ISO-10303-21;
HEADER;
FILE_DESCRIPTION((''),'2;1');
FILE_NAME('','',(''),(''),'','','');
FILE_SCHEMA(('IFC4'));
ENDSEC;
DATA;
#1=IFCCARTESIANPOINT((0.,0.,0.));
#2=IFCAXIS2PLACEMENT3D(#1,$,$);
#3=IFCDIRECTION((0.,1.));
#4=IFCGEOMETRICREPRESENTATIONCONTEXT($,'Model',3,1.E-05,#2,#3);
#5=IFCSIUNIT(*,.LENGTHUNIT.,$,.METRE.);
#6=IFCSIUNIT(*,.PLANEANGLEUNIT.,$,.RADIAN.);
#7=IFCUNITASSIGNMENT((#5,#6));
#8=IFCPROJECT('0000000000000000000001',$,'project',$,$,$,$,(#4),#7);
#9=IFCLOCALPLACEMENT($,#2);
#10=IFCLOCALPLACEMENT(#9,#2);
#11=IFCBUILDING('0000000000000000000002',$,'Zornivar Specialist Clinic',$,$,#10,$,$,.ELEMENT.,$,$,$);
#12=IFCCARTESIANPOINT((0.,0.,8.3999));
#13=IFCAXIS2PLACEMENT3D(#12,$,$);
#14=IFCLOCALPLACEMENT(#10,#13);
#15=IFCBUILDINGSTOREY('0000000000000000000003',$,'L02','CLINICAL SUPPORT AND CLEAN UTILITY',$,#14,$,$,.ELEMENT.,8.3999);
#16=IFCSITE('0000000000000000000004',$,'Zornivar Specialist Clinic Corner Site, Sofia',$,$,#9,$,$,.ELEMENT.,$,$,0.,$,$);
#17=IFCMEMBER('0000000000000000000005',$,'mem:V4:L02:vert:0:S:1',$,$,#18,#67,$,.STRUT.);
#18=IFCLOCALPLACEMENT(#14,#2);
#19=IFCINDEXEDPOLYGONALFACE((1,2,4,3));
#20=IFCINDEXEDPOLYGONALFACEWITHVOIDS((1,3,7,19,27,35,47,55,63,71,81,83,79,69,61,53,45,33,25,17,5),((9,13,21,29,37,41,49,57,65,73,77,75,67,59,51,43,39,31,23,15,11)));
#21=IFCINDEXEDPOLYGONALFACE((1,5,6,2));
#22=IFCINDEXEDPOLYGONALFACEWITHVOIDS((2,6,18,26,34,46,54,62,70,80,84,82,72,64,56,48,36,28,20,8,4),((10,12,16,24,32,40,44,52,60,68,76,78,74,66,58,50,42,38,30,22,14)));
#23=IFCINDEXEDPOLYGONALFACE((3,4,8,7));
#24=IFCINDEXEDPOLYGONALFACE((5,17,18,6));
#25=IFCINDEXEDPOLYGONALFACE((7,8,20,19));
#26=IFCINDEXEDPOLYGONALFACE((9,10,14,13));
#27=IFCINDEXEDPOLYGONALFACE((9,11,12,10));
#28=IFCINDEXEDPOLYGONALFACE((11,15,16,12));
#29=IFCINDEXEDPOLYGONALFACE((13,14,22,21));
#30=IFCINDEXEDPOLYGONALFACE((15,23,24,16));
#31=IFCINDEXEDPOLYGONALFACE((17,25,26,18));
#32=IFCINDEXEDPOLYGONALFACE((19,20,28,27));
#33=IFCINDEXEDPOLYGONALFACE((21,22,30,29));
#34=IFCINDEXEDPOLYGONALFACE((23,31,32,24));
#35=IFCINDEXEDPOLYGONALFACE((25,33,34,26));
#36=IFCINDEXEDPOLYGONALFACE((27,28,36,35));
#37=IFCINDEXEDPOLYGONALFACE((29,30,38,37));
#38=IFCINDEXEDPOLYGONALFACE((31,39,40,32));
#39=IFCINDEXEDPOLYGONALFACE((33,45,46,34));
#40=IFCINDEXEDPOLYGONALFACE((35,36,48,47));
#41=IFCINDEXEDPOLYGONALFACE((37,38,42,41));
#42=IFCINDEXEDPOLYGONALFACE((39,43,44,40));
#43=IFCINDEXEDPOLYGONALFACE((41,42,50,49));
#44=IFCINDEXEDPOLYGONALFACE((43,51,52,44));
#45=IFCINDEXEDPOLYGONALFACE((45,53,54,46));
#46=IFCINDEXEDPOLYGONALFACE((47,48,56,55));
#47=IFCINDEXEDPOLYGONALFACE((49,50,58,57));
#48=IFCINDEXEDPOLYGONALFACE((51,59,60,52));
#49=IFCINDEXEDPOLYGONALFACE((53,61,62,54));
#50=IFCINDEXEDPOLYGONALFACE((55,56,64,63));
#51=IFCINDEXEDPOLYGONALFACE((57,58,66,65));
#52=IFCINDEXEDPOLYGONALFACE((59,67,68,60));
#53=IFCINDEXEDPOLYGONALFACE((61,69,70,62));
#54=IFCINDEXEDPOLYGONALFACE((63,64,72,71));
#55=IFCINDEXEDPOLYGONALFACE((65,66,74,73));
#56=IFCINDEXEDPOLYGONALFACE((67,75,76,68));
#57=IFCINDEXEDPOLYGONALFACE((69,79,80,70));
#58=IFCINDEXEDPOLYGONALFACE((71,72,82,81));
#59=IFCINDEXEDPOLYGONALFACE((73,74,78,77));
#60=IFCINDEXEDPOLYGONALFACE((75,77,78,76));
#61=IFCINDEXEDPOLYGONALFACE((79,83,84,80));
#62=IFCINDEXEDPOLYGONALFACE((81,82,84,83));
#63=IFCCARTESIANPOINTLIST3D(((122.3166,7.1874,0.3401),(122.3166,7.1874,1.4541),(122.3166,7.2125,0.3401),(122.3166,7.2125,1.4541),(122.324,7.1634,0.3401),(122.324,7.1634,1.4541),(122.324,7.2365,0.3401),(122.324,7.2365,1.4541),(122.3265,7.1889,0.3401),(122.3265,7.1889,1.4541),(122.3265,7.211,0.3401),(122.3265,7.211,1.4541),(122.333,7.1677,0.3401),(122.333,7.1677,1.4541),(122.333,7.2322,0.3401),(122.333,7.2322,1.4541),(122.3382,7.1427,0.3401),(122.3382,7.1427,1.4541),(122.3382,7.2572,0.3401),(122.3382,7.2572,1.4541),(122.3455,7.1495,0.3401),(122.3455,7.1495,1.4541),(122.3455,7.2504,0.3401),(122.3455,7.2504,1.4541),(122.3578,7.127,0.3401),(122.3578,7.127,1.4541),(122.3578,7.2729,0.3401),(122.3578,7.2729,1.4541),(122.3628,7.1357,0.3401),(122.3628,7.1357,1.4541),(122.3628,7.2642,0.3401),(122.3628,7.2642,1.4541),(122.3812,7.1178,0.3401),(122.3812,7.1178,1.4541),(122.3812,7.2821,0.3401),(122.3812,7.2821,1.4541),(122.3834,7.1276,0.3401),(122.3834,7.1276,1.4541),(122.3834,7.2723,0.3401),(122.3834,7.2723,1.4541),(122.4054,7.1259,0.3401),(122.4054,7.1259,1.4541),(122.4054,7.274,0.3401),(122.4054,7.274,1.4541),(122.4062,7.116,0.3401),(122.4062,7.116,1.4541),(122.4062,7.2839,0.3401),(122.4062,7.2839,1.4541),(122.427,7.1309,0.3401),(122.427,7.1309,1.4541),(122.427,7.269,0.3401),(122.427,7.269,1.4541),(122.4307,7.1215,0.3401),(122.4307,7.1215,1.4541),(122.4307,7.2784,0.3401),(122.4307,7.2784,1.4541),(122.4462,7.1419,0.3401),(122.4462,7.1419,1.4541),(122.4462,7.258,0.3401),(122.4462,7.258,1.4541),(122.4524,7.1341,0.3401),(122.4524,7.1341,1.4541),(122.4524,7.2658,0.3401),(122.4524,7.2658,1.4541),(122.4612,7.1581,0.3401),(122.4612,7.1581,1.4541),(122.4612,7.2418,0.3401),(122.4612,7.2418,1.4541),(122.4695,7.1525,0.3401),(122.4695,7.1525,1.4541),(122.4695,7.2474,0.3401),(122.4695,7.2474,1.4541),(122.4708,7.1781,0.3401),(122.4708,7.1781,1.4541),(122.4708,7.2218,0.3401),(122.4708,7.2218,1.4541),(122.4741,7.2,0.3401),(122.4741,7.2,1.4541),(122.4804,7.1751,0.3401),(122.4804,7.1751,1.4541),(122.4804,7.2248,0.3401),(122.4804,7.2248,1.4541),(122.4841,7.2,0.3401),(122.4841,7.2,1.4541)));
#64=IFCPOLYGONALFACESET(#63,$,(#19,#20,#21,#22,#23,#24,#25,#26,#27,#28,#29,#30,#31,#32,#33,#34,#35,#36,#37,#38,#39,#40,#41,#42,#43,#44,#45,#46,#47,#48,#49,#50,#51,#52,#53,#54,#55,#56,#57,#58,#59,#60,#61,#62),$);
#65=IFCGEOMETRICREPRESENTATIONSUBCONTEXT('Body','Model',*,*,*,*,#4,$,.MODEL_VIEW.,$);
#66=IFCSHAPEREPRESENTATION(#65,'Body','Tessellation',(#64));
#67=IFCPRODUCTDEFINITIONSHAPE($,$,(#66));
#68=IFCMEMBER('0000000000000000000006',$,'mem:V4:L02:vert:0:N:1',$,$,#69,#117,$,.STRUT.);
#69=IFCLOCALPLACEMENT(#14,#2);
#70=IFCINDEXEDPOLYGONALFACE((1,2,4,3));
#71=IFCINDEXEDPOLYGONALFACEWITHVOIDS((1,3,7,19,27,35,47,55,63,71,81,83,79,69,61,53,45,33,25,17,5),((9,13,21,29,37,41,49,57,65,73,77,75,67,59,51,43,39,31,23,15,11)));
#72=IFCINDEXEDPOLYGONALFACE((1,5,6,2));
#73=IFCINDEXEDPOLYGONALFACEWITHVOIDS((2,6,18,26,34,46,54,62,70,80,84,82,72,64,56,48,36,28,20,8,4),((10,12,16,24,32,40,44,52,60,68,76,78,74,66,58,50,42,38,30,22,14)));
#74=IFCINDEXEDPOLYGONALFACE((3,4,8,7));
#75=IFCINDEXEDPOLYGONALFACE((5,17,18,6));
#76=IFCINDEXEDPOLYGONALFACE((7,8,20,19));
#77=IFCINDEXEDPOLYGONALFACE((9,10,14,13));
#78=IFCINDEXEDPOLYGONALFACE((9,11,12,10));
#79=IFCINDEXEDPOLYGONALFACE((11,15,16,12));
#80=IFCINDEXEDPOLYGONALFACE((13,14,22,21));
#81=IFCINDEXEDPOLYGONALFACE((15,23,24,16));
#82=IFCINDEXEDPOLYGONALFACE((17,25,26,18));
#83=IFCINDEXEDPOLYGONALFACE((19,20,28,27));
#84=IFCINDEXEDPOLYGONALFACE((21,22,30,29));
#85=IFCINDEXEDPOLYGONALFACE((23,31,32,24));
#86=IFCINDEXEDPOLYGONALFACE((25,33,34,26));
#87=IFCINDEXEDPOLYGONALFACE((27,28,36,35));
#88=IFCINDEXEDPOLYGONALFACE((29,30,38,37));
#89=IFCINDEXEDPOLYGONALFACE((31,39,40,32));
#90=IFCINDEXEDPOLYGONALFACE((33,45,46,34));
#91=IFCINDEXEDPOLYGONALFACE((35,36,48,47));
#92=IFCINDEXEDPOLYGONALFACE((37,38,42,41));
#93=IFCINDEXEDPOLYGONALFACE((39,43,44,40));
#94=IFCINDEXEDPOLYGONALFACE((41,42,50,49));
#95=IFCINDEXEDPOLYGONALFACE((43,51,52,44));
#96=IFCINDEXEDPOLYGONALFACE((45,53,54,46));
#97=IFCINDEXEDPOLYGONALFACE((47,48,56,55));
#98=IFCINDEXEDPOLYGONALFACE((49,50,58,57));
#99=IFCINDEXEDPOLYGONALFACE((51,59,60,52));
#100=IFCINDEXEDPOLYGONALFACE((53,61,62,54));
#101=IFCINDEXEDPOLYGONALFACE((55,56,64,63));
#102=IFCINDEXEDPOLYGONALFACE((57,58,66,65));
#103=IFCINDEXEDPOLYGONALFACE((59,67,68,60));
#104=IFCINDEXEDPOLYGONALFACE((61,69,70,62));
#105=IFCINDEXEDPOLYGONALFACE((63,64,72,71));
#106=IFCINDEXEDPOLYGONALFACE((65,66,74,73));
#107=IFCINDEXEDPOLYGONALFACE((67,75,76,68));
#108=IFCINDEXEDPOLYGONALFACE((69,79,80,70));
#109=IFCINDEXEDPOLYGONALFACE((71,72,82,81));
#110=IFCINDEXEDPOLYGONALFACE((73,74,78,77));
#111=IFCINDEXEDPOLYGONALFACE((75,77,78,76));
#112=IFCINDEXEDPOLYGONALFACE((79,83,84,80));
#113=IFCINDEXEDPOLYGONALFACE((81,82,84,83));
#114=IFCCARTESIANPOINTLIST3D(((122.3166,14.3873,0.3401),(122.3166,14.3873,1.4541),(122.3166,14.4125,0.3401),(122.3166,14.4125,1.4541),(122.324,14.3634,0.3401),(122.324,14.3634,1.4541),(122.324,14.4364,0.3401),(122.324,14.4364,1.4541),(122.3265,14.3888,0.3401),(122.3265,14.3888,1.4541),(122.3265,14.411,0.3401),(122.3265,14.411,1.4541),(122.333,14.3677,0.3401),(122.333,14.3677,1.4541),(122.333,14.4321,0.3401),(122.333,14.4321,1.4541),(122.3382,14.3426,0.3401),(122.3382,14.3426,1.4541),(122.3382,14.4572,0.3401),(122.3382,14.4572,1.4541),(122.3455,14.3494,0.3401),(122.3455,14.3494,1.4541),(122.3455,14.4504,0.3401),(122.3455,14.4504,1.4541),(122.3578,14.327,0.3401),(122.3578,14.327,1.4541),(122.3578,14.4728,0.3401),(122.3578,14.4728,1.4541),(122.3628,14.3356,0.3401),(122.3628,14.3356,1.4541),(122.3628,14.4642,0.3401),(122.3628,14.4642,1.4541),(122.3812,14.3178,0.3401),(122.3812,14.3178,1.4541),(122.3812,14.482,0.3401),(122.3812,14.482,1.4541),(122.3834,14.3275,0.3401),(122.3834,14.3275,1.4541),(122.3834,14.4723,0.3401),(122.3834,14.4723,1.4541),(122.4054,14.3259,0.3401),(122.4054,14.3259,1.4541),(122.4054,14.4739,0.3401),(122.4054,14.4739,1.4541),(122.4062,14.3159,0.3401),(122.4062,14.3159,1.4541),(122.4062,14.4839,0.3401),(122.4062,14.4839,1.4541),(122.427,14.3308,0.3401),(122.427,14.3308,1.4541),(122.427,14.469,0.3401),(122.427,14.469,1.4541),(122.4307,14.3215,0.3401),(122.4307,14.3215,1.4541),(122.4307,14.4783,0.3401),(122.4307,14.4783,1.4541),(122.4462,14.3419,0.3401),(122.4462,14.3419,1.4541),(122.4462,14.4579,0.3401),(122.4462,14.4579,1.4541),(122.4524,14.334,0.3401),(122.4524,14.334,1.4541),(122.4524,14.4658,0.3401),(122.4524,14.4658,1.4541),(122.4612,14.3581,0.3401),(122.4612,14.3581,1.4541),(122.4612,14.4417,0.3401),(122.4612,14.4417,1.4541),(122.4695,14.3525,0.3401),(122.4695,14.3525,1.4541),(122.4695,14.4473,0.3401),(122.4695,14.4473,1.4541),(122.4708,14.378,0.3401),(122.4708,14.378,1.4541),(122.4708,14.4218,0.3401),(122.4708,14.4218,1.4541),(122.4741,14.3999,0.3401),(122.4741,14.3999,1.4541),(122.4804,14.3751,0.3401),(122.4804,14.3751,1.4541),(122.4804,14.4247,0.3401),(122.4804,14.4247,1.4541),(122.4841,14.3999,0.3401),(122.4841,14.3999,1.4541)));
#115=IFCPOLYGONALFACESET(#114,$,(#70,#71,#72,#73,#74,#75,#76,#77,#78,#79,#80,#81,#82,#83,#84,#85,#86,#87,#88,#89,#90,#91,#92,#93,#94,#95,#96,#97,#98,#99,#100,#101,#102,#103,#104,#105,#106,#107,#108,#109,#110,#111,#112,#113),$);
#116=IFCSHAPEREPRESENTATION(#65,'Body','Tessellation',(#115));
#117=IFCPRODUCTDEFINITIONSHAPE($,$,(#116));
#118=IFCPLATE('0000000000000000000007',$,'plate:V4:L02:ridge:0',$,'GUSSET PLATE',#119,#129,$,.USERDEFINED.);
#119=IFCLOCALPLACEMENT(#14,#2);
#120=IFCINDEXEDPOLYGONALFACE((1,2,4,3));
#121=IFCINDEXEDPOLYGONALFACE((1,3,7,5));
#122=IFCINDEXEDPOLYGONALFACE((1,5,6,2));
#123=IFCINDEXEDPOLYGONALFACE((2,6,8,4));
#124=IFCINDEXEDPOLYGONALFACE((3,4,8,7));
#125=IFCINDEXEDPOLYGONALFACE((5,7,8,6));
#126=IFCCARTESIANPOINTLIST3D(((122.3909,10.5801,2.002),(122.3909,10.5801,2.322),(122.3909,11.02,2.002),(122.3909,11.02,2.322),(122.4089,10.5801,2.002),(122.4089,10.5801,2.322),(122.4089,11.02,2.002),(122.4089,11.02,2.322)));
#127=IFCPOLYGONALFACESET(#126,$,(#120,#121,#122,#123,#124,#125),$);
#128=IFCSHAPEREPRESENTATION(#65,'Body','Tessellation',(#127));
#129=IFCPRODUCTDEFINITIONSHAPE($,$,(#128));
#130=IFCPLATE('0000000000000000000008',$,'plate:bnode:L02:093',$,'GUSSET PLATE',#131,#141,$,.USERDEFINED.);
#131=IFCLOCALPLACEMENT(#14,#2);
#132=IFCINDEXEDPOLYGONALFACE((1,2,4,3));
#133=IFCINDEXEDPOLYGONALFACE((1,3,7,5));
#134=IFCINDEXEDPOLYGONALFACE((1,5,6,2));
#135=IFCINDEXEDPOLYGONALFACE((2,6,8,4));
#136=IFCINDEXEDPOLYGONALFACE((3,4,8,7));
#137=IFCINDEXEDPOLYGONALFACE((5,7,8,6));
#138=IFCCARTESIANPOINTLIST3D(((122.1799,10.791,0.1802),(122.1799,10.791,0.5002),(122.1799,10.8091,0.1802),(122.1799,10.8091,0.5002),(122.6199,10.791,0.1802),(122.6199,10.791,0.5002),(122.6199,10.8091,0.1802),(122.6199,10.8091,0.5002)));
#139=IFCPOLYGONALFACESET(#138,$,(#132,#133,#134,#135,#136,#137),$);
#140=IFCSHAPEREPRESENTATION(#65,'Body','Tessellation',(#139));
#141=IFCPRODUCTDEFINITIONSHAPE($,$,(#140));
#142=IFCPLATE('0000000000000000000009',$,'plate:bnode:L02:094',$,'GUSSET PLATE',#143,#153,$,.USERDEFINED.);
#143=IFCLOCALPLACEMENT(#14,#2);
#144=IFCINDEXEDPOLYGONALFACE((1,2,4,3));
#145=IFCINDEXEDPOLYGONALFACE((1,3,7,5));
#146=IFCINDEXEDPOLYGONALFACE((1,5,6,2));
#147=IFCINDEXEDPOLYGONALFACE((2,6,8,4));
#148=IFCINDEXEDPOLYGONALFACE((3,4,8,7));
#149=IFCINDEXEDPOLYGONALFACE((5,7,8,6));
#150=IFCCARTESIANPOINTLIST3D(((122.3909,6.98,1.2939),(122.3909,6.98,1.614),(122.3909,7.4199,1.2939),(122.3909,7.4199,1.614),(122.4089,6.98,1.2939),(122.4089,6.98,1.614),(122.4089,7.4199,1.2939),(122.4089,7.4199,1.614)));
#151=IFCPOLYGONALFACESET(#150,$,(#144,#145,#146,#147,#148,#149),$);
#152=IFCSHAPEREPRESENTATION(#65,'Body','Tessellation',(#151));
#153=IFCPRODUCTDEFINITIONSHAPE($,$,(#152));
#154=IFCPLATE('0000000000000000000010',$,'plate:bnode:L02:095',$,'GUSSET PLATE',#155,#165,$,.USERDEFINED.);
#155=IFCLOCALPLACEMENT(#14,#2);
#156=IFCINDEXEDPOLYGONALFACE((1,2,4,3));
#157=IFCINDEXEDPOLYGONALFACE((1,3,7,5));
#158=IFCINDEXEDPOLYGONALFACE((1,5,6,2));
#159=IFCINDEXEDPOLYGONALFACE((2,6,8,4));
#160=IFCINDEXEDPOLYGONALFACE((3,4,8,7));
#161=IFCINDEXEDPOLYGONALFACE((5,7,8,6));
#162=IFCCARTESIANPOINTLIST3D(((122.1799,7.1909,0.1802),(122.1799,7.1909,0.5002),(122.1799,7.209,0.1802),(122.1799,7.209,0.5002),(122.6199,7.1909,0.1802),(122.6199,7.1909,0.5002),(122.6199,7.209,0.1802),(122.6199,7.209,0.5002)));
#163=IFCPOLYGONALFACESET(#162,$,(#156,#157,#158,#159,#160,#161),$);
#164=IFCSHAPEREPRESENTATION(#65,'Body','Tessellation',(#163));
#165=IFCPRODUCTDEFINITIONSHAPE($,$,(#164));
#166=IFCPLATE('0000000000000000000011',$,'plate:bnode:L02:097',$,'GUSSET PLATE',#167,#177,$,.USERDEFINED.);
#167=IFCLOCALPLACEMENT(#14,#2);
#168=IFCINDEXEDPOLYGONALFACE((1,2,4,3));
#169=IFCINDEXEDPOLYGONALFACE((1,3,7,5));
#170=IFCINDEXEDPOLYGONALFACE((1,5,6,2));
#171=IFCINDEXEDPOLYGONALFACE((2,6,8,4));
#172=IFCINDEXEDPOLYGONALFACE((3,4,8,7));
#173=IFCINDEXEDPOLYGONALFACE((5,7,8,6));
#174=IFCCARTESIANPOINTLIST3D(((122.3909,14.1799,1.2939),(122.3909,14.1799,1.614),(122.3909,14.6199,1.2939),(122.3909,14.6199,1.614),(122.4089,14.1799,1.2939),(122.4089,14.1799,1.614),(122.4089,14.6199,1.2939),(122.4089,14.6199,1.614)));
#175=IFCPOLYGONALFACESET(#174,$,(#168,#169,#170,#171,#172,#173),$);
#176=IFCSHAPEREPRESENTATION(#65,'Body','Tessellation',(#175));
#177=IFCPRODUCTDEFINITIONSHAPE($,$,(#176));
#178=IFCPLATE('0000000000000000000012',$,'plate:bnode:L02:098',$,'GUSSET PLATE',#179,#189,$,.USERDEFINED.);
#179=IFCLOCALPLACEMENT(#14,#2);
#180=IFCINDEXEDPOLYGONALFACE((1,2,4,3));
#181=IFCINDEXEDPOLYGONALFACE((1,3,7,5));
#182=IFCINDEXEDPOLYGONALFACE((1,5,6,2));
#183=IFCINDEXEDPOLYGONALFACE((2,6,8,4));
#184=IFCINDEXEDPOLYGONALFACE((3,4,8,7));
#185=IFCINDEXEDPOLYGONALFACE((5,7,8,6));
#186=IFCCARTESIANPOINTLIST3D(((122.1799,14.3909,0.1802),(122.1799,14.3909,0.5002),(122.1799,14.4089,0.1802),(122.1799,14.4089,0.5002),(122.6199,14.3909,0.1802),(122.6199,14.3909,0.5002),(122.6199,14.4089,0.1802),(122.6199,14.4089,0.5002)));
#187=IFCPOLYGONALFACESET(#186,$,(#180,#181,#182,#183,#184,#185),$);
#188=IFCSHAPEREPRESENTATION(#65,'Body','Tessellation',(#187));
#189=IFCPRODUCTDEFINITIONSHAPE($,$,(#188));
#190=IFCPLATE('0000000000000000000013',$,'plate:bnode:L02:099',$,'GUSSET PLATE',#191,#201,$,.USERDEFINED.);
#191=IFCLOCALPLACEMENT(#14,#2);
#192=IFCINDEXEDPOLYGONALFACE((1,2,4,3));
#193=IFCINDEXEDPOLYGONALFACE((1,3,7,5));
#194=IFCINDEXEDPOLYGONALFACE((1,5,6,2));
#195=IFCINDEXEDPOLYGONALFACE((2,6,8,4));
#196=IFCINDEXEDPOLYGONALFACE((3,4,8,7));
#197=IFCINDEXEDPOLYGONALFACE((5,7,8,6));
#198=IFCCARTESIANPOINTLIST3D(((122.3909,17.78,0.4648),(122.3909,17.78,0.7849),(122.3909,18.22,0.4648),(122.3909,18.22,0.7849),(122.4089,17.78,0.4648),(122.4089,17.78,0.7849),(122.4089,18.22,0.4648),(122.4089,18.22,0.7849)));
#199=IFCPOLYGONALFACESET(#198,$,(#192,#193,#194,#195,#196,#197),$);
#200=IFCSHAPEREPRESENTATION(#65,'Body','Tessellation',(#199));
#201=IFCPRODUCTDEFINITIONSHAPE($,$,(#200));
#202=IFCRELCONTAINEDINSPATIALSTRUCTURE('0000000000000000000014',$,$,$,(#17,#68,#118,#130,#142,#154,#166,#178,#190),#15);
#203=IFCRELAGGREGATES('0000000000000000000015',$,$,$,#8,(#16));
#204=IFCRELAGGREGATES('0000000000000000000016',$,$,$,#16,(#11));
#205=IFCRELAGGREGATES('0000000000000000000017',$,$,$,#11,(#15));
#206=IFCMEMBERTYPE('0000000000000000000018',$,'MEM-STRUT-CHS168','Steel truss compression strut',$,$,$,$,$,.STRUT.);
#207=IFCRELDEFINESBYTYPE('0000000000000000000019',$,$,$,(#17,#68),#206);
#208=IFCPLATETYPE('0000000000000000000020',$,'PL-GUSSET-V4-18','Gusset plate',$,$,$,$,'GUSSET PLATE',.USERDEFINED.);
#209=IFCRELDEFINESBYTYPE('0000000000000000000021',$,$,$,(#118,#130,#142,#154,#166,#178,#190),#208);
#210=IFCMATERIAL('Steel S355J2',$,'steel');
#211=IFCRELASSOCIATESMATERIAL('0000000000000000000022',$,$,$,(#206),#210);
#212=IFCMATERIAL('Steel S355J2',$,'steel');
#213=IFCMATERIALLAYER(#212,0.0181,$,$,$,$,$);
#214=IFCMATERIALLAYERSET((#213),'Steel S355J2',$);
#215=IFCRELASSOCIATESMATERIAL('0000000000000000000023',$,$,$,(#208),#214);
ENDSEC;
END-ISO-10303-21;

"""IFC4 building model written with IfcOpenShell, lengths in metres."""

from ifc_helpers import new_model, si_unit, direction, frame, origin, origin_2d, place, context, subcontext, project, spatial, rectangle, hollow_circle, extrude, material, layer, layer_set, material_profile, profile_set, type_object, element, save


model = new_model("IFC4")

# Units and contexts
model_context = context("Model", 3, precision=1e-05, world=origin(), true_north=direction((0.0, 1.0)))
body_context = subcontext(model_context, "Body", "Model", "MODEL_VIEW")
ifc_project = project(units=[si_unit("LENGTHUNIT", "METRE"), si_unit("PLANEANGLEUNIT", "RADIAN")], contexts=[model_context])

# Site, building, storey
site_placement = place(None, origin())
site = spatial("IfcSite", under=ifc_project, at=site_placement, Name="Zornivar Specialist Clinic Corner Site, Sofia", CompositionType="ELEMENT", RefElevation=0.0)
building_placement = place(site_placement, origin())
building = spatial("IfcBuilding", under=site, at=building_placement, Name="Zornivar Specialist Clinic", CompositionType="ELEMENT")
storey_placement = place(building_placement, frame((0.0, 0.0, 8.3999)))
storey = spatial("IfcBuildingStorey", under=building, at=storey_placement, Name="L02", Description="CLINICAL SUPPORT AND CLEAN UTILITY", CompositionType="ELEMENT", Elevation=8.3999)

# Members
ifc_material_1 = material(Name="Steel S355J2", Category="steel")
ifc_material_profile_1 = material_profile(ifc_material_1, hollow_circle(Radius=0.0842, WallThickness=0.01, at=origin_2d()), Name="CHS 168.3x10")
ifc_profile_set_1 = profile_set([ifc_material_profile_1], Name="Steel S355J2")
member_type_1 = type_object("IfcMemberType", Name="MEM-STRUT-CHS168", Description="Steel truss compression strut", PredefinedType="STRUT", material=ifc_profile_set_1)
for number, where, z_axis, x_axis, name in (
    (1, (122.3999, 7.2, 0.3401), (0.0, 0.0, 1.0), (1.0, 0.0, 0.0), "mem:V4:L02:vert:0:S:1"),
    (2, (122.3999, 14.3999, 0.3401), (0.0, 0.0, 1.0), (1.0, 0.0, 0.0), "mem:V4:L02:vert:0:N:1"),
):
    element("IfcMember", number, at=place(storey_placement, frame(where, z_axis=z_axis, x_axis=x_axis)), inside=storey, type_object=member_type_1, Name=name, PredefinedType="STRUT", context=body_context, shape_type="SweptSolid", body=[
        extrude(hollow_circle(Radius=0.0842, WallThickness=0.01, at=origin_2d()), origin(), (0.0, 0.0, 1.0), 1.114),
    ])

# Plates
ifc_material_2 = material(Name="Steel S355J2", Category="steel")
ifc_layer = layer(ifc_material_2, 0.0181)
ifc_layer_set = layer_set([ifc_layer], Name="Steel S355J2")
plate_type = type_object("IfcPlateType", Name="PL-GUSSET-V4-18", Description="Gusset plate", ElementType="GUSSET PLATE", PredefinedType="USERDEFINED", material=ifc_layer_set)
plate_placement = place(storey_placement, frame((122.3999, 10.8, 2.002), z_axis=(0.0, 0.0, 1.0), x_axis=(1.0, 0.0, 0.0)))
element("IfcPlate", 3, at=plate_placement, inside=storey, type_object=plate_type, Name="plate:V4:L02:ridge:0", ObjectType="GUSSET PLATE", PredefinedType="USERDEFINED", context=body_context, shape_type="SweptSolid", body=[
    extrude(rectangle(XDim=0.0181, YDim=0.4399, at=origin_2d()), origin(), (0.0, 0.0, 1.0), 0.3201),
])
for number, where, z_axis, x_axis, name in (
    (4, (122.3999, 10.8, 0.1802), (0.0, 0.0, 1.0), (1.0, 0.0, 0.0), "plate:bnode:L02:093"),
    (5, (122.3999, 7.2, 1.2939), (0.0, 0.0, 1.0), (0.0, 1.0, 0.0), "plate:bnode:L02:094"),
    (6, (122.3999, 7.2, 0.1802), (0.0, 0.0, 1.0), (1.0, 0.0, 0.0), "plate:bnode:L02:095"),
    (7, (122.3999, 14.3999, 1.2939), (0.0, 0.0, 1.0), (0.0, 1.0, 0.0), "plate:bnode:L02:097"),
    (8, (122.3999, 14.3999, 0.1802), (0.0, 0.0, 1.0), (1.0, 0.0, 0.0), "plate:bnode:L02:098"),
    (9, (122.3999, 18.0, 0.4648), (0.0, 0.0, 1.0), (0.0, 1.0, 0.0), "plate:bnode:L02:099"),
):
    element("IfcPlate", number, at=place(storey_placement, frame(where, z_axis=z_axis, x_axis=x_axis)), inside=storey, type_object=plate_type, Name=name, ObjectType="GUSSET PLATE", PredefinedType="USERDEFINED", context=body_context, shape_type="SweptSolid", body=[
        extrude(rectangle(XDim=0.4399, YDim=0.0181, at=origin_2d()), origin(), (0.0, 0.0, 1.0), 0.3201),
    ])

save(model, "model.ifc")
